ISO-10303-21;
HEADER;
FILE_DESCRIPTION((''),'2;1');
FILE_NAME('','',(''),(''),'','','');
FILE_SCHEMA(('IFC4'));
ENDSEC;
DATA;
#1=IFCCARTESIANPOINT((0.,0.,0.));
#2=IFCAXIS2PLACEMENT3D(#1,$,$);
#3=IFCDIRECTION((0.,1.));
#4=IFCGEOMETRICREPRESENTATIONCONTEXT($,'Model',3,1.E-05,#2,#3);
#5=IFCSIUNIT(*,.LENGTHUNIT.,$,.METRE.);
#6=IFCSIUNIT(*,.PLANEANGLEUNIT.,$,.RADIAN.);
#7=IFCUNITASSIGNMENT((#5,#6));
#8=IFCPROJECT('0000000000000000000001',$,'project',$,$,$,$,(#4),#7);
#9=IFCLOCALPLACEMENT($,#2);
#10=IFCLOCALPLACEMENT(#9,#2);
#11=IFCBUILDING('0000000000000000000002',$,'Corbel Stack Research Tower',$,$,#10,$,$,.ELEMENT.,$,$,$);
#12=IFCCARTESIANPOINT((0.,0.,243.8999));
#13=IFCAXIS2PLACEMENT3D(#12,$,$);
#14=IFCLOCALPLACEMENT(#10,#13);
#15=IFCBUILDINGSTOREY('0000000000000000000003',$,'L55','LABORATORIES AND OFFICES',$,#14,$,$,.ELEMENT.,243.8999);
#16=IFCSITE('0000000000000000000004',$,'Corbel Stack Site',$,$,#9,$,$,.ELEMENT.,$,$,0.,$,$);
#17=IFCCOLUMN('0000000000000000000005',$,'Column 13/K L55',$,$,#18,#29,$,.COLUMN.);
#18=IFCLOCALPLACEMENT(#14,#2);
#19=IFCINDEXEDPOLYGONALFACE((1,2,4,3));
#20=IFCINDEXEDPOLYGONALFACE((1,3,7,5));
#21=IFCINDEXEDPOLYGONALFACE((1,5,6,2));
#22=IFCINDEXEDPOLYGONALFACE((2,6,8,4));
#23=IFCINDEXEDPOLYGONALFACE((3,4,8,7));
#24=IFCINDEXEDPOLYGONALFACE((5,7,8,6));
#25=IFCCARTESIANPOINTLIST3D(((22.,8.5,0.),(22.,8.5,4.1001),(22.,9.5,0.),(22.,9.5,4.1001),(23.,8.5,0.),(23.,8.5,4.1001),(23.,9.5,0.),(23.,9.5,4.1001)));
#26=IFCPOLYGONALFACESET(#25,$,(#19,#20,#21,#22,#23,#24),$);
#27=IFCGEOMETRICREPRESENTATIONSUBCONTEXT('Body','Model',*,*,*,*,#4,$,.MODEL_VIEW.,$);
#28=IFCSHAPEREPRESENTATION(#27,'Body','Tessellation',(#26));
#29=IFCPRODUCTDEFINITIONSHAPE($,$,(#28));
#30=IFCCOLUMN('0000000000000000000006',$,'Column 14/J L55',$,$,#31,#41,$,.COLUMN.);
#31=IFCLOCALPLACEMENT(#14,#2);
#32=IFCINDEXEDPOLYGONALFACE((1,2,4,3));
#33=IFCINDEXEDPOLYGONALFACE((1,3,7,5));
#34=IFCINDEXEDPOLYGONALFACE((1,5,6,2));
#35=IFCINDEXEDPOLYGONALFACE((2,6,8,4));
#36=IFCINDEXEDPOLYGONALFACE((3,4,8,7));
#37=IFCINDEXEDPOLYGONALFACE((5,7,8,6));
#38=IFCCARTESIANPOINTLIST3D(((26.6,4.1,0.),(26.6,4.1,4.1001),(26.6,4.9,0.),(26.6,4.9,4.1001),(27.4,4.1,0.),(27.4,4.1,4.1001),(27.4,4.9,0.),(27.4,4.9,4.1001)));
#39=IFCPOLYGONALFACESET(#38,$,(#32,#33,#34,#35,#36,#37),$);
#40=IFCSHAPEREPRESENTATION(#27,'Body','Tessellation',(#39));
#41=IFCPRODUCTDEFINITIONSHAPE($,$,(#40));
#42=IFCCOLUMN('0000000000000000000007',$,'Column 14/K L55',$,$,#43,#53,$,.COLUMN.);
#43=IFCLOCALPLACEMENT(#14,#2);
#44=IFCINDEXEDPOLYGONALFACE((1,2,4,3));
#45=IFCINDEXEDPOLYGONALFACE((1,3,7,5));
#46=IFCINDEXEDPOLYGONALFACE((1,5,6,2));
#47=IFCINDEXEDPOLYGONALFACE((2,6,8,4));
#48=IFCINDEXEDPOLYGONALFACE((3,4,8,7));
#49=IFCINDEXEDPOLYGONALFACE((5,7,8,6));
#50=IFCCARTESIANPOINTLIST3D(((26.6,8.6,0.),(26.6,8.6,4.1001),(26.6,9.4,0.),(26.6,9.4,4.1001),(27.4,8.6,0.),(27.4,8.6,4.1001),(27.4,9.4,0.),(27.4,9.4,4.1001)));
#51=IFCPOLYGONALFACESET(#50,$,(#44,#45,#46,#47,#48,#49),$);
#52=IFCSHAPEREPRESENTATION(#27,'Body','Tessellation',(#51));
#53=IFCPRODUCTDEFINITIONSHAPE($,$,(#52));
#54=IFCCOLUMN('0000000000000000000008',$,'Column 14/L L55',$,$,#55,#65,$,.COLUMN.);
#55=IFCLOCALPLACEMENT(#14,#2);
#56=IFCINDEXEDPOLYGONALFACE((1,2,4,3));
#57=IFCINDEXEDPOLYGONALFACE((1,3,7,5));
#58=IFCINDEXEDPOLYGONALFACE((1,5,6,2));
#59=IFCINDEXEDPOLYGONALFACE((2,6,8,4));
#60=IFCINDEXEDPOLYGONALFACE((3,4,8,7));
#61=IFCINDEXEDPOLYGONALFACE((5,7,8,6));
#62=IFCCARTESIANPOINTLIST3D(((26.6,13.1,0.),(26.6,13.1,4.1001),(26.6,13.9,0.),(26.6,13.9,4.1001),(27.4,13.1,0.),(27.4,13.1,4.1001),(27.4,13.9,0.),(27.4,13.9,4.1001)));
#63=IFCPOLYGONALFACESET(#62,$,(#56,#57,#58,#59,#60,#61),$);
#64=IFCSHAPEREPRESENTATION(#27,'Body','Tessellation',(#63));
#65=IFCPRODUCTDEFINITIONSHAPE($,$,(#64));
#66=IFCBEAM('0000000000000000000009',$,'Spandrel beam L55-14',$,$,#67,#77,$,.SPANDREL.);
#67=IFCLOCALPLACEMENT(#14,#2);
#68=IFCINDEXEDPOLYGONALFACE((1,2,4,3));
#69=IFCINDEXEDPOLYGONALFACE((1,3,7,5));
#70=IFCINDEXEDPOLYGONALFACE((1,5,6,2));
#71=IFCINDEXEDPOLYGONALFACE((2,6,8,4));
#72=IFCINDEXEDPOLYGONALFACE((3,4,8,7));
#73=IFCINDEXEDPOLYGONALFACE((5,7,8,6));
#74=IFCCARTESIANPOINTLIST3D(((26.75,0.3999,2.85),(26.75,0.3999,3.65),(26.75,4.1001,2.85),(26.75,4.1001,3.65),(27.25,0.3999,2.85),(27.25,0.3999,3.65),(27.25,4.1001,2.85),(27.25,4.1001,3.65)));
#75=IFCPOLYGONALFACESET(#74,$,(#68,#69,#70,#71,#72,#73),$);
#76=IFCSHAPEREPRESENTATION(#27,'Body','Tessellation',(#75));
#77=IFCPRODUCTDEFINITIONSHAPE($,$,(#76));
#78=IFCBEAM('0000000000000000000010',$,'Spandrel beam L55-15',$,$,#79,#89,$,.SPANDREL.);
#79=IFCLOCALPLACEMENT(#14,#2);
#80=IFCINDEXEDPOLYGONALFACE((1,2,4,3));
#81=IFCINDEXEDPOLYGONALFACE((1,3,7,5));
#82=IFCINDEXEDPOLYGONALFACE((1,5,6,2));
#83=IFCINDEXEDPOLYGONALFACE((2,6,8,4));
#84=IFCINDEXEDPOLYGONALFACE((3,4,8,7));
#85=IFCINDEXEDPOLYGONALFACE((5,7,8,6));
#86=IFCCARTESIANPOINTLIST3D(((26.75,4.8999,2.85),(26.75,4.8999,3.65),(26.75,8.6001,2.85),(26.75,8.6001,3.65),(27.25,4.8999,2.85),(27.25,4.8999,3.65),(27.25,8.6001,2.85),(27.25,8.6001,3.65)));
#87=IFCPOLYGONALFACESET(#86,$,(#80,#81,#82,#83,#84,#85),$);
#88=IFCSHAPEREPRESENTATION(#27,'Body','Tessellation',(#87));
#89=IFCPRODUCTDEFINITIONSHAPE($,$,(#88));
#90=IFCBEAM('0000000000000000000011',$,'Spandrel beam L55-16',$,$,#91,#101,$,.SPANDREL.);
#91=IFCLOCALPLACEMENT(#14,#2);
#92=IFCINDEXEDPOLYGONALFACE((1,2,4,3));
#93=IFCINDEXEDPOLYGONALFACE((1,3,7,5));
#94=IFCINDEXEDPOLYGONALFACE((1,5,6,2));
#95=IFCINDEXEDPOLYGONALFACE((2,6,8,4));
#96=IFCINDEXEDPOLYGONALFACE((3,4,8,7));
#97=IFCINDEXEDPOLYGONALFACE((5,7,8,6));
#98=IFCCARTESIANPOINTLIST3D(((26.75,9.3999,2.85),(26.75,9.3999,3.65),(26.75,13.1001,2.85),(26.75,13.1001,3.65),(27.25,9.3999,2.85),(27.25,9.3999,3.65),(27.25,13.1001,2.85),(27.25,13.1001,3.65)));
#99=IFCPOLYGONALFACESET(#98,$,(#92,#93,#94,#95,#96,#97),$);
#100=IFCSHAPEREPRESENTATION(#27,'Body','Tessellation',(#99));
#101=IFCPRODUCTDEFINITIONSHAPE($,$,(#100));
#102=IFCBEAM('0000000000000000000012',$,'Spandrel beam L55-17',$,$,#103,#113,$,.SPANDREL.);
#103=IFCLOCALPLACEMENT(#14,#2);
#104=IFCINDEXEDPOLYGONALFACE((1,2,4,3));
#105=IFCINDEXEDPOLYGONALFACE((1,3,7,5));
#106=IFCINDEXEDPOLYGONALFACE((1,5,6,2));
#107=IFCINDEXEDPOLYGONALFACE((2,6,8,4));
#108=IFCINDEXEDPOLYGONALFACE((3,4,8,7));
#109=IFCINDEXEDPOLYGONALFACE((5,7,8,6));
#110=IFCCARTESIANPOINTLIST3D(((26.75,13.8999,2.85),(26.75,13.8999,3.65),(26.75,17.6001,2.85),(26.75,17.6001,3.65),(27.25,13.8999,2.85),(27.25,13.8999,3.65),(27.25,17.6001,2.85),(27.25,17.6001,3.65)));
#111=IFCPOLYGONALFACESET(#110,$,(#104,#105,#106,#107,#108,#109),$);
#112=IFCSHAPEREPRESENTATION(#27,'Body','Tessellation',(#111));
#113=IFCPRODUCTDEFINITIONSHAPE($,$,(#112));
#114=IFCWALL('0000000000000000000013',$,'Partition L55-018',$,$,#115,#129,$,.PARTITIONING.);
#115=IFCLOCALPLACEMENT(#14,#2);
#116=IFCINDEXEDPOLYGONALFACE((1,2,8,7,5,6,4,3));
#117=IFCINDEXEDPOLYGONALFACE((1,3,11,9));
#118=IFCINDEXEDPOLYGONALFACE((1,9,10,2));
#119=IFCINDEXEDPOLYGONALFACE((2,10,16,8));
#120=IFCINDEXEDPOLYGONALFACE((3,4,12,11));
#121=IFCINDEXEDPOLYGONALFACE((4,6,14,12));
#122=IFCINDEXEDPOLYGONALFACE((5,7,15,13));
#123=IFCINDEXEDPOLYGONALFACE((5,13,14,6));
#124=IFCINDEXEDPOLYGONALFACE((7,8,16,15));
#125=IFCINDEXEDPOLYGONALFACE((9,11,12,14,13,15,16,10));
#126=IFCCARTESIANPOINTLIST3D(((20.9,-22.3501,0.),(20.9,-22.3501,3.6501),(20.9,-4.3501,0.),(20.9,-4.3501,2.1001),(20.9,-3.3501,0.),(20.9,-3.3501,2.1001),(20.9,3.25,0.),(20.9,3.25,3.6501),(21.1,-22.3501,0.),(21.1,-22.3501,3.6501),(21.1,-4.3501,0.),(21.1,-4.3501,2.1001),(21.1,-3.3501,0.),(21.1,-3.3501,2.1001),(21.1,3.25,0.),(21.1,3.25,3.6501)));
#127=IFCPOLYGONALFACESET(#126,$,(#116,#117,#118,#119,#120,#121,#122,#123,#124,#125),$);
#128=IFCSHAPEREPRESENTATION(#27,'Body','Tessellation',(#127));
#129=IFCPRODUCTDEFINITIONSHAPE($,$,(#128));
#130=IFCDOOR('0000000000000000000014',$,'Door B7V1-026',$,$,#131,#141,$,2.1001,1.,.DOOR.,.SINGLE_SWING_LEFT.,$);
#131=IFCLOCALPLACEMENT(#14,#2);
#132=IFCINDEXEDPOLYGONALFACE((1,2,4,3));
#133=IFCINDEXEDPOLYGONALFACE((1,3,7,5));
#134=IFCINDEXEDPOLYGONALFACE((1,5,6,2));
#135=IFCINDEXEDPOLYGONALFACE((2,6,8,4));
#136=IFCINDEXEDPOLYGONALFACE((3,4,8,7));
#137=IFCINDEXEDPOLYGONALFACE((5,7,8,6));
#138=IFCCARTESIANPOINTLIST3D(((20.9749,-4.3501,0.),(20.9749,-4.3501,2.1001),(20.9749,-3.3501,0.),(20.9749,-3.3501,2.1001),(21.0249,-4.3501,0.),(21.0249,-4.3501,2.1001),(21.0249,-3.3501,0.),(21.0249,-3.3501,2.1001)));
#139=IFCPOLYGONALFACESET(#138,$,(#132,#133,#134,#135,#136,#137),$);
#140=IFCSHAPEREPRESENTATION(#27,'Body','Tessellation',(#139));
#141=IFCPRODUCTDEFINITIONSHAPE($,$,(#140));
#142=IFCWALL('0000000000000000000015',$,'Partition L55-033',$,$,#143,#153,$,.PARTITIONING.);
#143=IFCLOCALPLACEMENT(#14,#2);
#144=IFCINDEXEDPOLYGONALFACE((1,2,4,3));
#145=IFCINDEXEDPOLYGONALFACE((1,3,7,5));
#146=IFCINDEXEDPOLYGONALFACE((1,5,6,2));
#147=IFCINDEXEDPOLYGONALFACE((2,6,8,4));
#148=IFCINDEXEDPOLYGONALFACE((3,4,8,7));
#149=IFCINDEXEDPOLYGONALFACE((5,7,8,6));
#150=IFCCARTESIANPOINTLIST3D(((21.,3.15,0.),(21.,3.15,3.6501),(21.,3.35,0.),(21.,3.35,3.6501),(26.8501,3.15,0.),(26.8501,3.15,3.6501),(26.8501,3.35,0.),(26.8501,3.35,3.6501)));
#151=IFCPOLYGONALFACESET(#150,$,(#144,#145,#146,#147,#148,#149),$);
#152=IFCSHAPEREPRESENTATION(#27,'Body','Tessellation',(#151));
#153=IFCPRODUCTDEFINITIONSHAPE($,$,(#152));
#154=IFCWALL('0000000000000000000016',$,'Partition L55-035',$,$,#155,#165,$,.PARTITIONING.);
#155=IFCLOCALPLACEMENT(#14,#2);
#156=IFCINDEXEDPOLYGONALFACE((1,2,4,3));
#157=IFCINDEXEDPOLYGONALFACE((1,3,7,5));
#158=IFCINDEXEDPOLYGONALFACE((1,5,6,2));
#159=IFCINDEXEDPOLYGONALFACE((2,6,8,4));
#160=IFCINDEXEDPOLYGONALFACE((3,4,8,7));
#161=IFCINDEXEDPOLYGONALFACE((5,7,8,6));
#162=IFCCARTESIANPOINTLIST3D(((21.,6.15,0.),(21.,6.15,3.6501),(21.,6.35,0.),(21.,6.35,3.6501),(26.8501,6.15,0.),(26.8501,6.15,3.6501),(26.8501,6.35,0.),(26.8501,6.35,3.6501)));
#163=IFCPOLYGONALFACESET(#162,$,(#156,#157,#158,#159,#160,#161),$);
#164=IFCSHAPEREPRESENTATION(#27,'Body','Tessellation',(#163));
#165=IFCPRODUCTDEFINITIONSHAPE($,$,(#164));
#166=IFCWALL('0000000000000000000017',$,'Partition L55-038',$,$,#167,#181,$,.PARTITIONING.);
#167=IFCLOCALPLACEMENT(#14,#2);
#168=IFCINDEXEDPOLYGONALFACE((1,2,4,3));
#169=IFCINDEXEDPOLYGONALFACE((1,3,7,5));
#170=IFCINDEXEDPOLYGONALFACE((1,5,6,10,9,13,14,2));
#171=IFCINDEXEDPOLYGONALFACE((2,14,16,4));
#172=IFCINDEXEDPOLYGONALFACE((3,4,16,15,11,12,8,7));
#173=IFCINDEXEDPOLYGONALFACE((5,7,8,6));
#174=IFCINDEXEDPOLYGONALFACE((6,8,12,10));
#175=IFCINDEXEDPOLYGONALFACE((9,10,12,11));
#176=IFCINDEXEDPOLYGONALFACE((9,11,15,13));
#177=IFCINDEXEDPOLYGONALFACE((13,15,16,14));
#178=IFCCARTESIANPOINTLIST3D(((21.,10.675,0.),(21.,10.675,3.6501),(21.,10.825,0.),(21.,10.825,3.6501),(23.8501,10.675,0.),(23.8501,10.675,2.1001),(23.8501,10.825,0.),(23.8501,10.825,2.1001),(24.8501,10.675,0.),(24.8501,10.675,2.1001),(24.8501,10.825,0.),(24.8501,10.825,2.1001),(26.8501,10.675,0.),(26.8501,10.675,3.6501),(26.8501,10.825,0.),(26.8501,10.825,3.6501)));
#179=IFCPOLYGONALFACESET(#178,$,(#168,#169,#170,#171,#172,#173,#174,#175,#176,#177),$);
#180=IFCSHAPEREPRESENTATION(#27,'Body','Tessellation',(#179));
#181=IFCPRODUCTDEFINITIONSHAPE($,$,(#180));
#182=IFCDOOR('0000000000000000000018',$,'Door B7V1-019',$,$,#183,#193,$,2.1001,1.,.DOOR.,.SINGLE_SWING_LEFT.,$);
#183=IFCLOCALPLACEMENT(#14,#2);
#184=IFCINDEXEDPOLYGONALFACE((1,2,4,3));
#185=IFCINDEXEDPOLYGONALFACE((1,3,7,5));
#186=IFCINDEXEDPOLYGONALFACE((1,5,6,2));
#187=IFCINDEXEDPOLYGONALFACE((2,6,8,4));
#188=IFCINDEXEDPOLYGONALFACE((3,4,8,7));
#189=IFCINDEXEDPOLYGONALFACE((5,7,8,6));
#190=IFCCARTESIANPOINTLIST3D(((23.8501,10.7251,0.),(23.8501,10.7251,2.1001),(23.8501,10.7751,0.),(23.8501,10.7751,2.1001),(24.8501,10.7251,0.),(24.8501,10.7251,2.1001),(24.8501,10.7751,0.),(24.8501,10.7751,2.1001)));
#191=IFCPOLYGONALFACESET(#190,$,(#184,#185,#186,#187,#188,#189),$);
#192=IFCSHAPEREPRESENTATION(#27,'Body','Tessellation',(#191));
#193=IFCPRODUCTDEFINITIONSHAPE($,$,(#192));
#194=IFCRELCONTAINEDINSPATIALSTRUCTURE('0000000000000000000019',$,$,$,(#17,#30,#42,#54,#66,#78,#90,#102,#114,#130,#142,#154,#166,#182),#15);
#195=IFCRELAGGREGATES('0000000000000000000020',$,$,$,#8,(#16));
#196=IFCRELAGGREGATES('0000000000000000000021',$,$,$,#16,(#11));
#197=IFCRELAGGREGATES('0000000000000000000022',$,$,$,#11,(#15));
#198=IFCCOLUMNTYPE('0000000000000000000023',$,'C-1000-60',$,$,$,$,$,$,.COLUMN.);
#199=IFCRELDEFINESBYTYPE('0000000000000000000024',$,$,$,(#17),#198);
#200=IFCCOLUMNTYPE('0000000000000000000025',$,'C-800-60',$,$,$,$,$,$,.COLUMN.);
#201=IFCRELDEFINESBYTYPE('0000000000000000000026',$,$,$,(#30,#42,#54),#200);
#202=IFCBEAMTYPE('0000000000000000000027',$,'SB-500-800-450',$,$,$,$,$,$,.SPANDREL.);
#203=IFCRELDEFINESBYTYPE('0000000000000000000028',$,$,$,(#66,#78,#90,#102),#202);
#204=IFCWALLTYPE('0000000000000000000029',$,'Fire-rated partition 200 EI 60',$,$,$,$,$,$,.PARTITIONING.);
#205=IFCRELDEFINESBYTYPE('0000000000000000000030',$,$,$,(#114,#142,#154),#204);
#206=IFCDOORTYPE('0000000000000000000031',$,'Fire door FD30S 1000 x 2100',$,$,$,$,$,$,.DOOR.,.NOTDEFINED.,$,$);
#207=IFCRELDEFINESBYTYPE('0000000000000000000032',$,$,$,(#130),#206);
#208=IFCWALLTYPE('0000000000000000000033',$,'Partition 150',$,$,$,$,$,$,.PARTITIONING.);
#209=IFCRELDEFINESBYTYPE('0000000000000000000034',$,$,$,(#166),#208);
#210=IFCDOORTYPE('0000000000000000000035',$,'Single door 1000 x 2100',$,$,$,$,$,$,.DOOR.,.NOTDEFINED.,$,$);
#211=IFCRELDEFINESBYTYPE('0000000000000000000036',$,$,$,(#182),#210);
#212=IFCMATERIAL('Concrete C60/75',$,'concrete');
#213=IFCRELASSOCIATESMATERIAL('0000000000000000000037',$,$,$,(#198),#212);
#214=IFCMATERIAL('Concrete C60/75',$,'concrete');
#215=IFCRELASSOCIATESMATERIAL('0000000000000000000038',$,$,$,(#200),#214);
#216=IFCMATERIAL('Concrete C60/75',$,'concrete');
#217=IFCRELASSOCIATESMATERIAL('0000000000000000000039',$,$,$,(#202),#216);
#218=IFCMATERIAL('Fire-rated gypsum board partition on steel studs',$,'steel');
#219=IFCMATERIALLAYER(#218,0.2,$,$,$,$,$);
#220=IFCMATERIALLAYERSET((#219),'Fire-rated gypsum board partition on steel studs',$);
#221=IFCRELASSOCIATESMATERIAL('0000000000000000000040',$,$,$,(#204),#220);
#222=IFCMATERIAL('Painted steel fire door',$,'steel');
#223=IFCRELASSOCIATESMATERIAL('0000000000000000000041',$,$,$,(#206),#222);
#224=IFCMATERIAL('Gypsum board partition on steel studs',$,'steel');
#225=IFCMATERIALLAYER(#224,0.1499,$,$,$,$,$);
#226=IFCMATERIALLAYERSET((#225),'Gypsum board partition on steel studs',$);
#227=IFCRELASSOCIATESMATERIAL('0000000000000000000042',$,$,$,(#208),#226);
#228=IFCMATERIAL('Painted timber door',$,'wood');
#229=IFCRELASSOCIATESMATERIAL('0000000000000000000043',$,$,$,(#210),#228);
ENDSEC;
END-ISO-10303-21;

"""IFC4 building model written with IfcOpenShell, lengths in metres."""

from ifc_helpers import new_model, si_unit, direction, frame, frame_2d, origin, origin_2d, place, context, subcontext, project, spatial, rectangle, extrude, material, layer, layer_set, material_profile, profile_set, type_object, element, fill, save


model = new_model("IFC4")

# Units and contexts
model_context = context("Model", 3, precision=1e-05, world=origin(), true_north=direction((0.0, 1.0)))
body_context = subcontext(model_context, "Body", "Model", "MODEL_VIEW")
ifc_project = project(units=[si_unit("LENGTHUNIT", "METRE"), si_unit("PLANEANGLEUNIT", "RADIAN")], contexts=[model_context])

# Site, building, storey
site_placement = place(None, origin())
site = spatial("IfcSite", under=ifc_project, at=site_placement, Name="Corbel Stack Site", CompositionType="ELEMENT", RefElevation=0.0)
building_placement = place(site_placement, origin())
building = spatial("IfcBuilding", under=site, at=building_placement, Name="Corbel Stack Research Tower", CompositionType="ELEMENT")
storey_placement = place(building_placement, frame((0.0, 0.0, 243.8999)))
storey = spatial("IfcBuildingStorey", under=building, at=storey_placement, Name="L55", Description="LABORATORIES AND OFFICES", CompositionType="ELEMENT", Elevation=243.8999)

# Columns
ifc_material_1 = material(Name="Concrete C60/75", Category="concrete")
ifc_material_profile_1 = material_profile(ifc_material_1, rectangle(XDim=1.0, YDim=1.0, at=origin_2d()), Name="RC 1000 x 1000")
ifc_profile_set_1 = profile_set([ifc_material_profile_1], Name="Concrete C60/75")
column_type_1 = type_object("IfcColumnType", Name="C-1000-60", PredefinedType="COLUMN", material=ifc_profile_set_1)
column_placement = place(storey_placement, frame((22.5, 9.0, 0.0), z_axis=(0.0, 0.0, 1.0), x_axis=(1.0, 0.0, 0.0)))
element("IfcColumn", 1, at=column_placement, inside=storey, type_object=column_type_1, Name="Column 13/K L55", PredefinedType="COLUMN", context=body_context, shape_type="SweptSolid", body=[
    extrude(rectangle(XDim=1.0, YDim=1.0, at=origin_2d()), origin(), (0.0, 0.0, 1.0), 4.1001),
])
ifc_material_2 = material(Name="Concrete C60/75", Category="concrete")
ifc_material_profile_2 = material_profile(ifc_material_2, rectangle(XDim=0.8, YDim=0.8, at=origin_2d()), Name="RC 800 x 800")
ifc_profile_set_2 = profile_set([ifc_material_profile_2], Name="Concrete C60/75")
column_type_2 = type_object("IfcColumnType", Name="C-800-60", PredefinedType="COLUMN", material=ifc_profile_set_2)
for number, where, z_axis, x_axis, name in (
    (2, (27.0, 4.5, 0.0), (0.0, 0.0, 1.0), (1.0, 0.0, 0.0), "Column 14/J L55"),
    (3, (27.0, 9.0, 0.0), (0.0, 0.0, 1.0), (1.0, 0.0, 0.0), "Column 14/K L55"),
    (4, (27.0, 13.5, 0.0), (0.0, 0.0, 1.0), (1.0, 0.0, 0.0), "Column 14/L L55"),
):
    element("IfcColumn", number, at=place(storey_placement, frame(where, z_axis=z_axis, x_axis=x_axis)), inside=storey, type_object=column_type_2, Name=name, PredefinedType="COLUMN", context=body_context, shape_type="SweptSolid", body=[
        extrude(rectangle(XDim=0.8, YDim=0.8, at=origin_2d()), origin(), (0.0, 0.0, 1.0), 4.1001),
    ])

# Beams
ifc_material_3 = material(Name="Concrete C60/75", Category="concrete")
ifc_material_profile_3 = material_profile(ifc_material_3, rectangle(XDim=0.5, YDim=0.8, at=origin_2d()), Name="RC 500 x 800")
ifc_profile_set_3 = profile_set([ifc_material_profile_3], Name="Concrete C60/75")
beam_type = type_object("IfcBeamType", Name="SB-500-800-450", PredefinedType="SPANDREL", material=ifc_profile_set_3)
for number, where, z_axis, x_axis, name in (
    (5, (27.0, 0.3999, 3.25), (0.0, 1.0, 0.0), (-1.0, 0.0, 0.0), "Spandrel beam L55-14"),
    (6, (27.0, 4.8999, 3.25), (0.0, 1.0, 0.0), (-1.0, 0.0, 0.0), "Spandrel beam L55-15"),
    (7, (27.0, 9.3999, 3.25), (0.0, 1.0, 0.0), (-1.0, 0.0, 0.0), "Spandrel beam L55-16"),
    (8, (27.0, 13.8999, 3.25), (0.0, 1.0, 0.0), (-1.0, 0.0, 0.0), "Spandrel beam L55-17"),
):
    element("IfcBeam", number, at=place(storey_placement, frame(where, z_axis=z_axis, x_axis=x_axis)), inside=storey, type_object=beam_type, Name=name, PredefinedType="SPANDREL", context=body_context, shape_type="SweptSolid", body=[
        extrude(rectangle(XDim=0.5, YDim=0.8, at=origin_2d()), origin(), (0.0, 0.0, 1.0), 3.7002),
    ])

# Wall, opening, door
ifc_material_4 = material(Name="Fire-rated gypsum board partition on steel studs", Category="steel")
ifc_layer_1 = layer(ifc_material_4, 0.2)
ifc_layer_set_1 = layer_set([ifc_layer_1], Name="Fire-rated gypsum board partition on steel studs")
wall_type_1 = type_object("IfcWallType", Name="Fire-rated partition 200 EI 60", PredefinedType="PARTITIONING", material=ifc_layer_set_1)
wall_1_placement = place(storey_placement, frame((21.0, 3.25, 0.0), z_axis=(0.0, 0.0, 1.0), x_axis=(0.0, -1.0, 0.0)))
wall_1 = element("IfcWall", 9, at=wall_1_placement, inside=storey, type_object=wall_type_1, Name="Partition L55-018", PredefinedType="PARTITIONING", context=body_context, shape_type="SweptSolid", body=[
    extrude(rectangle(XDim=25.6001, YDim=0.2, at=frame_2d((12.8, 0.0))), origin(), (0.0, 0.0, 1.0), 3.6501),
])
opening_1_placement = place(wall_1_placement, frame((6.6001, 0.0, 0.0)))
opening_1 = element("IfcOpeningElement", 10, at=opening_1_placement, cuts=wall_1, PredefinedType="OPENING", context=body_context, shape_type="SweptSolid", body=[
    extrude(rectangle(XDim=1.0, YDim=2.1001, at=frame_2d((0.5, 1.05))), frame((0.0, 0.1099, 0.0), z_axis=(0.0, -1.0, 0.0), x_axis=(1.0, 0.0, 0.0)), (0.0, 0.0, 1.0), 0.22),
])
ifc_material_5 = material(Name="Painted steel fire door", Category="steel")
door_type_1 = type_object("IfcDoorType", Name="Fire door FD30S 1000 x 2100", OperationType="NOTDEFINED", PredefinedType="DOOR", material=ifc_material_5)
door_1_placement = place(opening_1_placement, origin())
door_1 = element("IfcDoor", 11, at=door_1_placement, inside=storey, type_object=door_type_1, Name="Door B7V1-026", OperationType="SINGLE_SWING_LEFT", OverallHeight=2.1001, OverallWidth=1.0, PredefinedType="DOOR", context=body_context, shape_type="SweptSolid", body=[
    extrude(rectangle(XDim=1.0, YDim=2.1001, at=frame_2d((0.5, 1.05))), frame((0.0, 0.0249, 0.0), z_axis=(0.0, -1.0, 0.0), x_axis=(1.0, 0.0, 0.0)), (0.0, 0.0, 1.0), 0.05),
])
fill(opening_1, door_1)

# Walls
for number, where, z_axis, x_axis, name in (
    (12, (21.0, 3.25, 0.0), (0.0, 0.0, 1.0), (1.0, 0.0, 0.0), "Partition L55-033"),
    (13, (21.0, 6.25, 0.0), (0.0, 0.0, 1.0), (1.0, 0.0, 0.0), "Partition L55-035"),
):
    element("IfcWall", number, at=place(storey_placement, frame(where, z_axis=z_axis, x_axis=x_axis)), inside=storey, type_object=wall_type_1, Name=name, PredefinedType="PARTITIONING", context=body_context, shape_type="SweptSolid", body=[
        extrude(rectangle(XDim=5.8501, YDim=0.2, at=frame_2d((2.925, 0.0))), origin(), (0.0, 0.0, 1.0), 3.6501),
    ])

# Wall, opening, door
ifc_material_6 = material(Name="Gypsum board partition on steel studs", Category="steel")
ifc_layer_2 = layer(ifc_material_6, 0.1499)
ifc_layer_set_2 = layer_set([ifc_layer_2], Name="Gypsum board partition on steel studs")
wall_type_2 = type_object("IfcWallType", Name="Partition 150", PredefinedType="PARTITIONING", material=ifc_layer_set_2)
wall_2_placement = place(storey_placement, frame((26.8501, 10.75, 0.0), z_axis=(0.0, 0.0, 1.0), x_axis=(-1.0, 0.0, 0.0)))
wall_2 = element("IfcWall", 14, at=wall_2_placement, inside=storey, type_object=wall_type_2, Name="Partition L55-038", PredefinedType="PARTITIONING", context=body_context, shape_type="SweptSolid", body=[
    extrude(rectangle(XDim=5.8501, YDim=0.1499, at=frame_2d((2.925, 0.0))), origin(), (0.0, 0.0, 1.0), 3.6501),
])
opening_2_placement = place(wall_2_placement, frame((2.0, 0.0, 0.0)))
opening_2 = element("IfcOpeningElement", 15, at=opening_2_placement, cuts=wall_2, PredefinedType="OPENING", context=body_context, shape_type="SweptSolid", body=[
    extrude(rectangle(XDim=1.0, YDim=2.1001, at=frame_2d((0.5, 1.05))), frame((0.0, 0.085, 0.0), z_axis=(0.0, -1.0, 0.0), x_axis=(1.0, 0.0, 0.0)), (0.0, 0.0, 1.0), 0.1699),
])
ifc_material_7 = material(Name="Painted timber door", Category="wood")
door_type_2 = type_object("IfcDoorType", Name="Single door 1000 x 2100", OperationType="NOTDEFINED", PredefinedType="DOOR", material=ifc_material_7)
door_2_placement = place(opening_2_placement, origin())
door_2 = element("IfcDoor", 16, at=door_2_placement, inside=storey, type_object=door_type_2, Name="Door B7V1-019", OperationType="SINGLE_SWING_LEFT", OverallHeight=2.1001, OverallWidth=1.0, PredefinedType="DOOR", context=body_context, shape_type="SweptSolid", body=[
    extrude(rectangle(XDim=1.0, YDim=2.1001, at=frame_2d((0.5, 1.05))), frame((0.0, 0.0249, 0.0), z_axis=(0.0, -1.0, 0.0), x_axis=(1.0, 0.0, 0.0)), (0.0, 0.0, 1.0), 0.05),
])
fill(opening_2, door_2)

save(model, "model.ifc")
